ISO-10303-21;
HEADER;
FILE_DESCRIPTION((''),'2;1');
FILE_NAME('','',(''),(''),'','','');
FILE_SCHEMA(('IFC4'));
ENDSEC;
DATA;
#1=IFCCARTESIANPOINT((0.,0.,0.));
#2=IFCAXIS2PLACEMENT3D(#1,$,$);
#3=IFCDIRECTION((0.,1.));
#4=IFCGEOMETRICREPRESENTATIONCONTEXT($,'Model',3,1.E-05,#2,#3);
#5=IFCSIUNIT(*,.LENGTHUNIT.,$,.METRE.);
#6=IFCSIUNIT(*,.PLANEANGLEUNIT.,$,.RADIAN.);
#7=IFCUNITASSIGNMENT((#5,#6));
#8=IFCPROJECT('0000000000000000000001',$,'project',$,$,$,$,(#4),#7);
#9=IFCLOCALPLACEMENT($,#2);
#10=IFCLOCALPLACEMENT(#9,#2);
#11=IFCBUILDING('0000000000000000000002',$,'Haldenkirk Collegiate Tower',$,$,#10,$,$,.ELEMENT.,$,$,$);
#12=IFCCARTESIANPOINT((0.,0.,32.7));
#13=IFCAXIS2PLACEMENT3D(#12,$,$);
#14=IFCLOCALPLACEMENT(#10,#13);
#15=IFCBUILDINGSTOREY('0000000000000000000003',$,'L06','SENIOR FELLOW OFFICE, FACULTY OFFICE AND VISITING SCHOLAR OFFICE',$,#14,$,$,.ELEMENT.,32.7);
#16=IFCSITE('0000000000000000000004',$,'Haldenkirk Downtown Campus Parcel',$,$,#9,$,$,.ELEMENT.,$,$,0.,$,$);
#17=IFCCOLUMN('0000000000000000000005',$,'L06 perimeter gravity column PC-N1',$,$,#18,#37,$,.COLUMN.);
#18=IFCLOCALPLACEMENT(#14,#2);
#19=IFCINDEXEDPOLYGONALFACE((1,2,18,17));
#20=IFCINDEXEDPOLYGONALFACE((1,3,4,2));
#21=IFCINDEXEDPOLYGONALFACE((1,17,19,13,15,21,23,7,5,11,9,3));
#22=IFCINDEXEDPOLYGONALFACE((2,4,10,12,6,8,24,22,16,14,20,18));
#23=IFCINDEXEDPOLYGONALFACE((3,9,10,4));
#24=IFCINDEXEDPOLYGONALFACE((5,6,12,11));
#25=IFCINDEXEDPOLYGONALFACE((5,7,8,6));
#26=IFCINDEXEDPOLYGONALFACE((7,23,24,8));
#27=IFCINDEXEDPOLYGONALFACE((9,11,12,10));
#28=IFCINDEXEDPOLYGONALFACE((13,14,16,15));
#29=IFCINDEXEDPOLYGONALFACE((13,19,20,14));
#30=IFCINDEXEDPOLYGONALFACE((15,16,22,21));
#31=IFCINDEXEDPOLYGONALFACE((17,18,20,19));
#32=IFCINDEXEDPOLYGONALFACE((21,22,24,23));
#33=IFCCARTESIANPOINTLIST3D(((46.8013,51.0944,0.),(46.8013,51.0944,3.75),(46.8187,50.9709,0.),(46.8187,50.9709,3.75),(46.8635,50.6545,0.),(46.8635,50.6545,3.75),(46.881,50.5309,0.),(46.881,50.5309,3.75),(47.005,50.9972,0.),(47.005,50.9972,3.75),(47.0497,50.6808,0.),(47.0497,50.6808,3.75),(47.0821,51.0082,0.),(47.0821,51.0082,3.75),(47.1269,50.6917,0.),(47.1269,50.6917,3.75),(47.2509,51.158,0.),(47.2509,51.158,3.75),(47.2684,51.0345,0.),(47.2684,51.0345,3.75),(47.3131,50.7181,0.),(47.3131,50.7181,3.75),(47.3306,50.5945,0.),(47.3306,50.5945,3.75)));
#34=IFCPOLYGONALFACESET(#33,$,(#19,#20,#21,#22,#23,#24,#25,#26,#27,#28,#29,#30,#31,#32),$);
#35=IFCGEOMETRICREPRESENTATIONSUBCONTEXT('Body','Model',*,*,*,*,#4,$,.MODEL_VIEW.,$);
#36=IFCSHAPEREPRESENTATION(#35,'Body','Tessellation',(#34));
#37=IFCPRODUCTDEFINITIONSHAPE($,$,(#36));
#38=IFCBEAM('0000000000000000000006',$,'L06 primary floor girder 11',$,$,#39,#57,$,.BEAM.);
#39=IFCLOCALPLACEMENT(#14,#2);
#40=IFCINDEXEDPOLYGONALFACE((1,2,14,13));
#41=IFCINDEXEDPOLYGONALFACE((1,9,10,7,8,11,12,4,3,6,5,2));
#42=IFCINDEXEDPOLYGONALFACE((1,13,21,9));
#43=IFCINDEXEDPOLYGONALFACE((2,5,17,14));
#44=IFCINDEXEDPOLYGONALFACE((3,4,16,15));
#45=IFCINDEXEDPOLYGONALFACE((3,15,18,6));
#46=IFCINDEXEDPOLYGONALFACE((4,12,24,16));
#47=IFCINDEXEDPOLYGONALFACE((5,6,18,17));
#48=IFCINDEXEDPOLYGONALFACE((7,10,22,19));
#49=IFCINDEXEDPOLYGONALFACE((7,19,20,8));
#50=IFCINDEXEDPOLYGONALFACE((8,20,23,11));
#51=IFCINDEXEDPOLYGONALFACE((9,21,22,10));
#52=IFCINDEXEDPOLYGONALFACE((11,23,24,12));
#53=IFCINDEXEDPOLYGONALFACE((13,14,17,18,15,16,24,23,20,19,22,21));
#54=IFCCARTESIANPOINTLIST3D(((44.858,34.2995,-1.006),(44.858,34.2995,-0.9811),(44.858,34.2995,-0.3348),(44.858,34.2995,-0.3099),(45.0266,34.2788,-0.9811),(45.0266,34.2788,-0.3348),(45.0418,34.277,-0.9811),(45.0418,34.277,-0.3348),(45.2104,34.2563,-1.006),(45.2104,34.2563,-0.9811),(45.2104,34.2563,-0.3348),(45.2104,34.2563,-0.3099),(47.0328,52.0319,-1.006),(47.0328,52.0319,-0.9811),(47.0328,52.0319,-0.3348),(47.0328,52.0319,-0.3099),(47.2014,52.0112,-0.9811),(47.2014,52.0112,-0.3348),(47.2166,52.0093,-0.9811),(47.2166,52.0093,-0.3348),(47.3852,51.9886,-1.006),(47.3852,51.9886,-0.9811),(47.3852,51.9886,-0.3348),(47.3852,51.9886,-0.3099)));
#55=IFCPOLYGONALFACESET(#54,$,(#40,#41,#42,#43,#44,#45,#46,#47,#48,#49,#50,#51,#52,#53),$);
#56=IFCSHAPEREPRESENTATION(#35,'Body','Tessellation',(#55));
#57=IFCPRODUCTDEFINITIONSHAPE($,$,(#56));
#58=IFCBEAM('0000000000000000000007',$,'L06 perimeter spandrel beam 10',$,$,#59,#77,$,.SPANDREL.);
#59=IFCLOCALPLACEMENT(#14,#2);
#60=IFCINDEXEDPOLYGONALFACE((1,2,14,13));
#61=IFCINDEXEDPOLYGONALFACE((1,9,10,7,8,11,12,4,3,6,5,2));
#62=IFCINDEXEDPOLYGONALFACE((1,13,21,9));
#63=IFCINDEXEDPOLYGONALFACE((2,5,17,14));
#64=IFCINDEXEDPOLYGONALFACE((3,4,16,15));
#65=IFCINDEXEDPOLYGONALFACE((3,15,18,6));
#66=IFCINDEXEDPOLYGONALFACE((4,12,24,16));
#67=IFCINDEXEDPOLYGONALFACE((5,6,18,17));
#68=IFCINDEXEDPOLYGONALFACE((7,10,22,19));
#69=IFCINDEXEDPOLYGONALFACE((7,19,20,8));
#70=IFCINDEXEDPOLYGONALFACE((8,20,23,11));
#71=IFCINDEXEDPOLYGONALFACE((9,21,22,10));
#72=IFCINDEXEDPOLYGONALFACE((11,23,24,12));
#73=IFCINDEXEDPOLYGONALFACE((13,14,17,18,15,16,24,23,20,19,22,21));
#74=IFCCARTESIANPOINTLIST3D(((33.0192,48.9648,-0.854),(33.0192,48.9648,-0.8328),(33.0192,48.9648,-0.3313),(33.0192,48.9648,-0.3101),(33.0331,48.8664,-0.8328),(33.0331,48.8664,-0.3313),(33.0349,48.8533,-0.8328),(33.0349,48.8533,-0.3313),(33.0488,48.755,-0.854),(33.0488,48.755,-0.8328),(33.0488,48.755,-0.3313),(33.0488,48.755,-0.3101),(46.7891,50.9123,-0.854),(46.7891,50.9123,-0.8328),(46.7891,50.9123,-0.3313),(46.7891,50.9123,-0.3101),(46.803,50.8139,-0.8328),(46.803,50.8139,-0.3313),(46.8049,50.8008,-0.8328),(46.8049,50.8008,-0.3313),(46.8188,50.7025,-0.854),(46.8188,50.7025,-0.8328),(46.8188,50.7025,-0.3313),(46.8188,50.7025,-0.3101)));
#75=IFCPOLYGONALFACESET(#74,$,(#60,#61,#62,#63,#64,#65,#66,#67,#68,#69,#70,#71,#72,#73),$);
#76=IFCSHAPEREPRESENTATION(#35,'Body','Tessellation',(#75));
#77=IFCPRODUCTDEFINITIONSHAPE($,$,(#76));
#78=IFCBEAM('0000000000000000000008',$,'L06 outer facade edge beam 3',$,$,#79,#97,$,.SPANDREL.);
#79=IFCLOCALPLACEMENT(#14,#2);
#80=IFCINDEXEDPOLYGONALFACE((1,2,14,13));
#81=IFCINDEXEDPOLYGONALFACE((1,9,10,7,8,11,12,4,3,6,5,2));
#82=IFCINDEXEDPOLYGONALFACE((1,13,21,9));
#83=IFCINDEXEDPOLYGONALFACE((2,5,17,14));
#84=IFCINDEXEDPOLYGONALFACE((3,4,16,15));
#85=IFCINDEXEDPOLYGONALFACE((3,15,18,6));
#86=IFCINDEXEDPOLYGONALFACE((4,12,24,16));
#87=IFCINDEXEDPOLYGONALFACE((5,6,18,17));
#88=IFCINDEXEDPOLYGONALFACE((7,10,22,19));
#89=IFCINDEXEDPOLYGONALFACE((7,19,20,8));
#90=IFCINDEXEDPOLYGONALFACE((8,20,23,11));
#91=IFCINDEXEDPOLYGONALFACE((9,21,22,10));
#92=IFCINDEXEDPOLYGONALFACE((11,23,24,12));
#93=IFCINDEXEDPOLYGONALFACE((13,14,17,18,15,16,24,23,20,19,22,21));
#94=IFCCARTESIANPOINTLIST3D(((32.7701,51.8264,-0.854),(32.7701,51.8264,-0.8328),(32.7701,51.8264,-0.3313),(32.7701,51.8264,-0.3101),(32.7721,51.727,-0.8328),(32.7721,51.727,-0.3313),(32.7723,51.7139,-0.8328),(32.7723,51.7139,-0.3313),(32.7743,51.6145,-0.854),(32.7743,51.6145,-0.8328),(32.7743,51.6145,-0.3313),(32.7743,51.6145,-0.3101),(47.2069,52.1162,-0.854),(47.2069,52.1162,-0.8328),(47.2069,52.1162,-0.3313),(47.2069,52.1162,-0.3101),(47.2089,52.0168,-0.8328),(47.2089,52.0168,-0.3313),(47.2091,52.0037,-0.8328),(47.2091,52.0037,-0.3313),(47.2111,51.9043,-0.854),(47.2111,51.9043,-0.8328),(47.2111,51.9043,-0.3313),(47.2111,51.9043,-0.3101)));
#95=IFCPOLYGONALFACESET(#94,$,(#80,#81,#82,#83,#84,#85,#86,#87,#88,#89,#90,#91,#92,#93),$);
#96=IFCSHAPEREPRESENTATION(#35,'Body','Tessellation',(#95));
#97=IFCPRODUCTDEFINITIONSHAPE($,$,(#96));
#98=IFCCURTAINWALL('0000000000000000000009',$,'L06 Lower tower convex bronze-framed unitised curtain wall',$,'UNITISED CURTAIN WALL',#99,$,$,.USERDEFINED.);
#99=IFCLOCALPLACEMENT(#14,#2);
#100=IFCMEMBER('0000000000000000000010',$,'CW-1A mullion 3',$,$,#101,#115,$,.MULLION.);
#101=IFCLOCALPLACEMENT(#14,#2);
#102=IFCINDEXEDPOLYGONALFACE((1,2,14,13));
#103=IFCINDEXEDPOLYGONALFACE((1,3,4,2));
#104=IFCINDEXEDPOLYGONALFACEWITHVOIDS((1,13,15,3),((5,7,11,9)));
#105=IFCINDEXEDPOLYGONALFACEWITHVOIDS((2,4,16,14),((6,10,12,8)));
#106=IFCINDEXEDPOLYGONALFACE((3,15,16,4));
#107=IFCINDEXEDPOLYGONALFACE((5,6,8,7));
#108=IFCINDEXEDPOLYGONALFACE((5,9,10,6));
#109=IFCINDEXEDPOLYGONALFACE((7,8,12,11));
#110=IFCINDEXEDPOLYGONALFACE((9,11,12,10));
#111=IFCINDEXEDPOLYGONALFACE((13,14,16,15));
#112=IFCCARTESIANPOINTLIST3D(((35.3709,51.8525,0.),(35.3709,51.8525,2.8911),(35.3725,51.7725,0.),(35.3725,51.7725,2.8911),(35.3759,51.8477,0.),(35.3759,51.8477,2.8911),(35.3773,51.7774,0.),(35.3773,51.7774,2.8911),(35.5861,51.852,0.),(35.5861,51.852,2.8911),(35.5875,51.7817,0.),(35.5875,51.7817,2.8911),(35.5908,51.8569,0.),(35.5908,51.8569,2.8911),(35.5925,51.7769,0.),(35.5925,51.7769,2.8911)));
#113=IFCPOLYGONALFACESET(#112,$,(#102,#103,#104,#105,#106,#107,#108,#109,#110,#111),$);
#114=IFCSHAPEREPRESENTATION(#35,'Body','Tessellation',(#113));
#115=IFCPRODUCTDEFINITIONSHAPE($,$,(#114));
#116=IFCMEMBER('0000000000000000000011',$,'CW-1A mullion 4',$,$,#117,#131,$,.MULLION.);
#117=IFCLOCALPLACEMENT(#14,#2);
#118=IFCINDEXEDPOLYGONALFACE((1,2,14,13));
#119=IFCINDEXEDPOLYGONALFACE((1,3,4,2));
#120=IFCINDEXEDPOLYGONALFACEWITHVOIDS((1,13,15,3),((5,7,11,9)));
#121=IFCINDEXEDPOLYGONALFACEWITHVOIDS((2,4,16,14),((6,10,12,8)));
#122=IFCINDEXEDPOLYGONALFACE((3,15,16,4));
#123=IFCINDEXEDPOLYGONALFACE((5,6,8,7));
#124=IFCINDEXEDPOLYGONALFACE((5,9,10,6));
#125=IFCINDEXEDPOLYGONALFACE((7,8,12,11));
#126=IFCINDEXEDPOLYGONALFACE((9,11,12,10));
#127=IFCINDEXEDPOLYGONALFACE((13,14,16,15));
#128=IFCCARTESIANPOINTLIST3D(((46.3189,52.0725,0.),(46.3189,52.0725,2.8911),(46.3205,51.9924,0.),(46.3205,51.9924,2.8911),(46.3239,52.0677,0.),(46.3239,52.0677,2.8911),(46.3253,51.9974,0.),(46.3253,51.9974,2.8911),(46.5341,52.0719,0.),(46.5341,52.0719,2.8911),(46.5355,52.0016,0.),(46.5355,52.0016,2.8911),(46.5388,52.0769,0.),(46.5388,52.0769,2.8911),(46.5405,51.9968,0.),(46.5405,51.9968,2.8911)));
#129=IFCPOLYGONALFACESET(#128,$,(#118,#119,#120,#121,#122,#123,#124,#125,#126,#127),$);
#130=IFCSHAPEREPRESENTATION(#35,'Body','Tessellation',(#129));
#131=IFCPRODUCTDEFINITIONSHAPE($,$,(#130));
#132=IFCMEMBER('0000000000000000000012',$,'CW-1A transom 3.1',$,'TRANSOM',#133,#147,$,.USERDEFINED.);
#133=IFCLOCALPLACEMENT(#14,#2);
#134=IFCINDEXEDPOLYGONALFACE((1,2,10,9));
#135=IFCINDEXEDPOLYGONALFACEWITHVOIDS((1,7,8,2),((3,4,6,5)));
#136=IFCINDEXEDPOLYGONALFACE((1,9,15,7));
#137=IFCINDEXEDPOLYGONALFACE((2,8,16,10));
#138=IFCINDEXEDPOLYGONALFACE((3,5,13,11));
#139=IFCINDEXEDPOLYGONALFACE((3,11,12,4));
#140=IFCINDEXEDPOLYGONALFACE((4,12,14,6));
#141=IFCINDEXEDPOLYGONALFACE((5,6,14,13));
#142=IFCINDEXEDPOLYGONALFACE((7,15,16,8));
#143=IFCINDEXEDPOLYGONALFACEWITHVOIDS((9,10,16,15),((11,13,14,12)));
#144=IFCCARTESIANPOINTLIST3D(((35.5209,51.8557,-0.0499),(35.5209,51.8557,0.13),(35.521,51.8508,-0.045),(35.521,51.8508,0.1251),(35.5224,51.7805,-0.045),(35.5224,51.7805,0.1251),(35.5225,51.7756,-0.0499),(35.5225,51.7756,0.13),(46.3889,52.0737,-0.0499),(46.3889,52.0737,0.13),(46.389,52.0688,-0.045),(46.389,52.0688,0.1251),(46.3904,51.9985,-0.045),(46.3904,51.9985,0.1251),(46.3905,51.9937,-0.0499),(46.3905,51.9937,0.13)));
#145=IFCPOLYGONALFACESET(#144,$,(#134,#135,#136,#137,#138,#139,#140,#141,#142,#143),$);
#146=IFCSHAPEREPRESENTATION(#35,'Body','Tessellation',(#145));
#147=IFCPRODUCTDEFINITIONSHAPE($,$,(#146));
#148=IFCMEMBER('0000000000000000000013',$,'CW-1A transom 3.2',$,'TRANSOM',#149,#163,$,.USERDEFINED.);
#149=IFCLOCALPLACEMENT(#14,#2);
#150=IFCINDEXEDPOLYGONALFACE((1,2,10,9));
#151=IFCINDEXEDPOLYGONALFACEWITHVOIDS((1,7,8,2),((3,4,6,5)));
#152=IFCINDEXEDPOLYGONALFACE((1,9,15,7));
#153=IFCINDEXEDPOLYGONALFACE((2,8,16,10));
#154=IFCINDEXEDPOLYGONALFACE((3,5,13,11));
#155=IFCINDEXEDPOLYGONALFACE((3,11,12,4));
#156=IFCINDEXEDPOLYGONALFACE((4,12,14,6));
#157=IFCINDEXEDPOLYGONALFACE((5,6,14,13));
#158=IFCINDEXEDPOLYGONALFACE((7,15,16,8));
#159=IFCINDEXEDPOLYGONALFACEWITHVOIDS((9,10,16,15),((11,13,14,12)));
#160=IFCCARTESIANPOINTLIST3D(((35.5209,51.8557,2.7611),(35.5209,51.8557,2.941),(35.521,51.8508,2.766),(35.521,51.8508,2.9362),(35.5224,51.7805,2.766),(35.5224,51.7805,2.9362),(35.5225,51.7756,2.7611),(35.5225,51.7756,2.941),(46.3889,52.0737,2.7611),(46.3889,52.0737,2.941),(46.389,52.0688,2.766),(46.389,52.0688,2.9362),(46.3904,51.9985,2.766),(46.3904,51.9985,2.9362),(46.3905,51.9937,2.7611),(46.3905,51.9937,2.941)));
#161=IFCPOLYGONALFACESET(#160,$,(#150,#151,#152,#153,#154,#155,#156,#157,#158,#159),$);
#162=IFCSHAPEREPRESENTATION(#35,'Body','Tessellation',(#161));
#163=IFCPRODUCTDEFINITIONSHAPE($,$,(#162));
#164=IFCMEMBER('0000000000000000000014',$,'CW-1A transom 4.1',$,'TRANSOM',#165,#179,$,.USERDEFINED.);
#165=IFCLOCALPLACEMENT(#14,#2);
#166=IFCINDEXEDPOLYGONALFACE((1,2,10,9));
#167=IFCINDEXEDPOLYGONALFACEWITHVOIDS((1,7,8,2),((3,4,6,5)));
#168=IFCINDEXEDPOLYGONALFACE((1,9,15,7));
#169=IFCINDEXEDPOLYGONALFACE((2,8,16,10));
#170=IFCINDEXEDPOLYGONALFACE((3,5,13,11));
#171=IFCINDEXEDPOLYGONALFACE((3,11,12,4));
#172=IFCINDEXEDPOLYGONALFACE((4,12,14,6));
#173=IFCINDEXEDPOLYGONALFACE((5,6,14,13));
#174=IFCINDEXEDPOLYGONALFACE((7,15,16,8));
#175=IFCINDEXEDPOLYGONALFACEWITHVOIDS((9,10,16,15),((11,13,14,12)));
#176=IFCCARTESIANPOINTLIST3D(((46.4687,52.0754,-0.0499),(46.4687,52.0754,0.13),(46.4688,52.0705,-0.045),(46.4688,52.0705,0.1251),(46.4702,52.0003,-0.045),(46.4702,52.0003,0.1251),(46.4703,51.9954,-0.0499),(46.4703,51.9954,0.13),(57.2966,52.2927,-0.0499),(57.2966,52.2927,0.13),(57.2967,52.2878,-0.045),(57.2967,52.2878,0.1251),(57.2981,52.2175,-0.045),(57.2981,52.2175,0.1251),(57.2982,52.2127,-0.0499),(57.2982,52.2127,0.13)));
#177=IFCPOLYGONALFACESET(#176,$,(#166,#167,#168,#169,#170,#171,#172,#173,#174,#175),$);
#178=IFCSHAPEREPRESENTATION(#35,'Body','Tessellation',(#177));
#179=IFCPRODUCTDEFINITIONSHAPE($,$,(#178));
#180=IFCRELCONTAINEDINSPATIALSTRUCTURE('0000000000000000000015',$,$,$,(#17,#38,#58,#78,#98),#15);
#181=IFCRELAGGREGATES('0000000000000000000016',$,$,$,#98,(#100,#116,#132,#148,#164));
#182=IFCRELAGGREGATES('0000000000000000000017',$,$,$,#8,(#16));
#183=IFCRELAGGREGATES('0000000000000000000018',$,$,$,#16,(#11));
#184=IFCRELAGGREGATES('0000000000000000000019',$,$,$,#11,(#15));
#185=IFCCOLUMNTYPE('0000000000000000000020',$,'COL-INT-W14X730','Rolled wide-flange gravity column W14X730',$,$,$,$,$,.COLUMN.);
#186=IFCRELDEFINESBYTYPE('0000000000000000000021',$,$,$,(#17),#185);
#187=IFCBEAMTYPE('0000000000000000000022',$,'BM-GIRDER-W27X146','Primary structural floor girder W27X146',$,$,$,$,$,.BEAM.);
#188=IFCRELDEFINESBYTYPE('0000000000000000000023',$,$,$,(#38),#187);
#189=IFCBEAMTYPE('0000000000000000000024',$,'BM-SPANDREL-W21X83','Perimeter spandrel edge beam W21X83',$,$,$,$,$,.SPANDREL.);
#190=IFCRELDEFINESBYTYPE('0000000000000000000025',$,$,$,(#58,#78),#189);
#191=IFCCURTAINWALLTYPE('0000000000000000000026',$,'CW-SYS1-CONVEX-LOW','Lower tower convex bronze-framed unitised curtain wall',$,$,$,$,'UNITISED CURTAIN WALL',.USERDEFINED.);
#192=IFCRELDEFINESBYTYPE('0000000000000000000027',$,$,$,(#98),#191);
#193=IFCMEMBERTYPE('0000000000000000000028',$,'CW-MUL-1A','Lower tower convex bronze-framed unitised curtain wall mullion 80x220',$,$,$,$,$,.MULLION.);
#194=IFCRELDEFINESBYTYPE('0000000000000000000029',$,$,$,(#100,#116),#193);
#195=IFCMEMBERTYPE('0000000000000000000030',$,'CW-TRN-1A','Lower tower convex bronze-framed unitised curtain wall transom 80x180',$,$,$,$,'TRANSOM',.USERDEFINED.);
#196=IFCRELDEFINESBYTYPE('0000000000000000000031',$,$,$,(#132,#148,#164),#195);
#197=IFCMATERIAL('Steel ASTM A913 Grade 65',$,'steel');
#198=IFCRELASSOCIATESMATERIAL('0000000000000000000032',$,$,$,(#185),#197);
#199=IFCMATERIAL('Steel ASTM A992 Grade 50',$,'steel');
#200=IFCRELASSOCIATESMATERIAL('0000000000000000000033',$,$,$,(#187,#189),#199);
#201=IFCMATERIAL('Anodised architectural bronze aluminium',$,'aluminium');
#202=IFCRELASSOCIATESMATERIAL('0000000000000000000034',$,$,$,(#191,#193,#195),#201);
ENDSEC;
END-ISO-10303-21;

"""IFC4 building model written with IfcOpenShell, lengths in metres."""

from ifc_helpers import new_model, si_unit, direction, frame, origin, origin_2d, place, context, subcontext, project, spatial, hollow_rectangle, i_section, extrude, material, material_profile, profile_set, type_object, element, aggregate, save


model = new_model("IFC4")

# Units and contexts
model_context = context("Model", 3, precision=1e-05, world=origin(), true_north=direction((0.0, 1.0)))
body_context = subcontext(model_context, "Body", "Model", "MODEL_VIEW")
ifc_project = project(units=[si_unit("LENGTHUNIT", "METRE"), si_unit("PLANEANGLEUNIT", "RADIAN")], contexts=[model_context])

# Site, building, storey
site_placement = place(None, origin())
site = spatial("IfcSite", under=ifc_project, at=site_placement, Name="Haldenkirk Downtown Campus Parcel", CompositionType="ELEMENT", RefElevation=0.0)
building_placement = place(site_placement, origin())
building = spatial("IfcBuilding", under=site, at=building_placement, Name="Haldenkirk Collegiate Tower", CompositionType="ELEMENT")
storey_placement = place(building_placement, frame((0.0, 0.0, 32.7)))
storey = spatial("IfcBuildingStorey", under=building, at=storey_placement, Name="L06", Description="SENIOR FELLOW OFFICE, FACULTY OFFICE AND VISITING SCHOLAR OFFICE", CompositionType="ELEMENT", Elevation=32.7)

# Column
ifc_material_1 = material(Name="Steel ASTM A913 Grade 65", Category="steel")
ifc_material_profile_1 = material_profile(ifc_material_1, i_section(OverallWidth=0.4541, OverallDepth=0.5691, WebThickness=0.0779, FlangeThickness=0.1248, at=origin_2d()), Name="W14X730")
ifc_profile_set_1 = profile_set([ifc_material_profile_1], Name="Steel ASTM A913 Grade 65")
column_type = type_object("IfcColumnType", Name="COL-INT-W14X730", Description="Rolled wide-flange gravity column W14X730", PredefinedType="COLUMN", material=ifc_profile_set_1)
column_placement = place(storey_placement, frame((47.0659, 50.8445, 0.0), z_axis=(0.0, 0.0, 1.0), x_axis=(0.990146, 0.140037, 0.0)))
element("IfcColumn", 1, at=column_placement, inside=storey, type_object=column_type, Name="L06 perimeter gravity column PC-N1", PredefinedType="COLUMN", context=body_context, shape_type="SweptSolid", body=[
    extrude(i_section(OverallWidth=0.4541, OverallDepth=0.5691, WebThickness=0.0779, FlangeThickness=0.1248, at=origin_2d()), origin(), (0.0, 0.0, 1.0), 3.75),
])

# Beams
ifc_material_2 = material(Name="Steel ASTM A992 Grade 50", Category="steel")
ifc_material_profile_2 = material_profile(ifc_material_2, i_section(OverallWidth=0.355, OverallDepth=0.696, WebThickness=0.0154, FlangeThickness=0.0249, at=origin_2d()), Name="W27X146")
ifc_profile_set_2 = profile_set([ifc_material_profile_2], Name="Steel ASTM A992 Grade 50")
beam_type_1 = type_object("IfcBeamType", Name="BM-GIRDER-W27X146", Description="Primary structural floor girder W27X146", PredefinedType="BEAM", material=ifc_profile_set_2)
beam_1_placement = place(storey_placement, frame((47.209, 52.0103, -0.658), z_axis=(-0.121734, -0.992563, 0.0), x_axis=(0.992563, -0.121734, 0.0)))
element("IfcBeam", 2, at=beam_1_placement, inside=storey, type_object=beam_type_1, Name="L06 primary floor girder 11", PredefinedType="BEAM", context=body_context, shape_type="SweptSolid", body=[
    extrude(i_section(OverallWidth=0.355, OverallDepth=0.696, WebThickness=0.0154, FlangeThickness=0.0249, at=origin_2d()), origin(), (0.0, 0.0, 1.0), 17.8652),
])
ifc_material_profile_3 = material_profile(ifc_material_2, i_section(OverallWidth=0.2119, OverallDepth=0.5439, WebThickness=0.0132, FlangeThickness=0.0212, at=origin_2d()), Name="W21X83")
ifc_profile_set_3 = profile_set([ifc_material_profile_3], Name="Steel ASTM A992 Grade 50")
beam_type_2 = type_object("IfcBeamType", Name="BM-SPANDREL-W21X83", Description="Perimeter spandrel edge beam W21X83", PredefinedType="SPANDREL", material=ifc_profile_set_3)
beam_2_placement = place(storey_placement, frame((46.804, 50.8074, -0.582), z_axis=(-0.990146, -0.140038, 0.0), x_axis=(0.140038, -0.990146, 0.0)))
element("IfcBeam", 3, at=beam_2_placement, inside=storey, type_object=beam_type_2, Name="L06 perimeter spandrel beam 10", PredefinedType="SPANDREL", context=body_context, shape_type="SweptSolid", body=[
    extrude(i_section(OverallWidth=0.2119, OverallDepth=0.5439, WebThickness=0.0132, FlangeThickness=0.0212, at=origin_2d()), origin(), (0.0, 0.0, 1.0), 13.907),
])
beam_3_placement = place(storey_placement, frame((47.209, 52.0103, -0.582), z_axis=(-0.999799, -0.020069, 0.0), x_axis=(0.020069, -0.999799, 0.0)))
element("IfcBeam", 4, at=beam_3_placement, inside=storey, type_object=beam_type_2, Name="L06 outer facade edge beam 3", PredefinedType="SPANDREL", context=body_context, shape_type="SweptSolid", body=[
    extrude(i_section(OverallWidth=0.2119, OverallDepth=0.5439, WebThickness=0.0132, FlangeThickness=0.0212, at=origin_2d()), origin(), (0.0, 0.0, 1.0), 14.4397),
])

# Curtain wall, members
ifc_material_3 = material(Name="Anodised architectural bronze aluminium", Category="aluminium")
curtain_wall_type = type_object("IfcCurtainWallType", Name="CW-SYS1-CONVEX-LOW", Description="Lower tower convex bronze-framed unitised curtain wall", ElementType="UNITISED CURTAIN WALL", PredefinedType="USERDEFINED", material=ifc_material_3)
curtain_wall_placement = place(storey_placement, origin())
curtain_wall = element("IfcCurtainWall", 5, at=curtain_wall_placement, inside=storey, type_object=curtain_wall_type, Name="L06 Lower tower convex bronze-framed unitised curtain wall", ObjectType="UNITISED CURTAIN WALL", PredefinedType="USERDEFINED")
ifc_material_profile_4 = material_profile(ifc_material_3, hollow_rectangle(XDim=0.0801, YDim=0.22, WallThickness=0.0049, at=origin_2d()), Name="CW-MUL-1A")
ifc_profile_set_4 = profile_set([ifc_material_profile_4], Name="Anodised architectural bronze aluminium")
member_type_1 = type_object("IfcMemberType", Name="CW-MUL-1A", Description="Lower tower convex bronze-framed unitised curtain wall mullion 80x220", PredefinedType="MULLION", material=ifc_profile_set_4)
member_1_placement = place(storey_placement, frame((35.4817, 51.8147, 0.0), z_axis=(0.0, 0.0, 1.0), x_axis=(-0.020068, 0.999799, 0.0)))
member_1 = element("IfcMember", 6, at=member_1_placement, type_object=member_type_1, Name="CW-1A mullion 3", PredefinedType="MULLION", context=body_context, shape_type="SweptSolid", body=[
    extrude(hollow_rectangle(XDim=0.0801, YDim=0.22, WallThickness=0.0049, at=origin_2d()), origin(), (0.0, 0.0, 1.0), 2.8911),
])
member_2_placement = place(storey_placement, frame((46.4297, 52.0347, 0.0), z_axis=(0.0, 0.0, 1.0), x_axis=(-0.020068, 0.999799, 0.0)))
member_2 = element("IfcMember", 7, at=member_2_placement, type_object=member_type_1, Name="CW-1A mullion 4", PredefinedType="MULLION", context=body_context, shape_type="SweptSolid", body=[
    extrude(hollow_rectangle(XDim=0.0801, YDim=0.22, WallThickness=0.0049, at=origin_2d()), origin(), (0.0, 0.0, 1.0), 2.8911),
])
ifc_material_profile_5 = material_profile(ifc_material_3, hollow_rectangle(XDim=0.0801, YDim=0.1799, WallThickness=0.0049, at=origin_2d()), Name="CW-TRN-1A")
ifc_profile_set_5 = profile_set([ifc_material_profile_5], Name="Anodised architectural bronze aluminium")
member_type_2 = type_object("IfcMemberType", Name="CW-TRN-1A", Description="Lower tower convex bronze-framed unitised curtain wall transom 80x180", ElementType="TRANSOM", PredefinedType="USERDEFINED", material=ifc_profile_set_5)
member_3_placement = place(storey_placement, frame((35.5217, 51.8157, 0.04), z_axis=(0.999799, 0.020057, 0.0), x_axis=(-0.020057, 0.999799, 0.0)))
member_3 = element("IfcMember", 8, at=member_3_placement, type_object=member_type_2, Name="CW-1A transom 3.1", ObjectType="TRANSOM", PredefinedType="USERDEFINED", context=body_context, shape_type="SweptSolid", body=[
    extrude(hollow_rectangle(XDim=0.0801, YDim=0.1799, WallThickness=0.0049, at=origin_2d()), origin(), (0.0, 0.0, 1.0), 10.8701),
])
member_4_placement = place(storey_placement, frame((35.5217, 51.8157, 2.8511), z_axis=(0.999799, 0.020057, 0.0), x_axis=(-0.020057, 0.999799, 0.0)))
member_4 = element("IfcMember", 9, at=member_4_placement, type_object=member_type_2, Name="CW-1A transom 3.2", ObjectType="TRANSOM", PredefinedType="USERDEFINED", context=body_context, shape_type="SweptSolid", body=[
    extrude(hollow_rectangle(XDim=0.0801, YDim=0.1799, WallThickness=0.0049, at=origin_2d()), origin(), (0.0, 0.0, 1.0), 10.8701),
])
member_5_placement = place(storey_placement, frame((46.4695, 52.0354, 0.04), z_axis=(0.999799, 0.020063, 0.0), x_axis=(-0.020063, 0.999799, 0.0)))
member_5 = element("IfcMember", 10, at=member_5_placement, type_object=member_type_2, Name="CW-1A transom 4.1", ObjectType="TRANSOM", PredefinedType="USERDEFINED", context=body_context, shape_type="SweptSolid", body=[
    extrude(hollow_rectangle(XDim=0.0801, YDim=0.1799, WallThickness=0.0049, at=origin_2d()), origin(), (0.0, 0.0, 1.0), 10.8301),
])
aggregate(curtain_wall, [member_1, member_2, member_3, member_4, member_5])

save(model, "model.ifc")
